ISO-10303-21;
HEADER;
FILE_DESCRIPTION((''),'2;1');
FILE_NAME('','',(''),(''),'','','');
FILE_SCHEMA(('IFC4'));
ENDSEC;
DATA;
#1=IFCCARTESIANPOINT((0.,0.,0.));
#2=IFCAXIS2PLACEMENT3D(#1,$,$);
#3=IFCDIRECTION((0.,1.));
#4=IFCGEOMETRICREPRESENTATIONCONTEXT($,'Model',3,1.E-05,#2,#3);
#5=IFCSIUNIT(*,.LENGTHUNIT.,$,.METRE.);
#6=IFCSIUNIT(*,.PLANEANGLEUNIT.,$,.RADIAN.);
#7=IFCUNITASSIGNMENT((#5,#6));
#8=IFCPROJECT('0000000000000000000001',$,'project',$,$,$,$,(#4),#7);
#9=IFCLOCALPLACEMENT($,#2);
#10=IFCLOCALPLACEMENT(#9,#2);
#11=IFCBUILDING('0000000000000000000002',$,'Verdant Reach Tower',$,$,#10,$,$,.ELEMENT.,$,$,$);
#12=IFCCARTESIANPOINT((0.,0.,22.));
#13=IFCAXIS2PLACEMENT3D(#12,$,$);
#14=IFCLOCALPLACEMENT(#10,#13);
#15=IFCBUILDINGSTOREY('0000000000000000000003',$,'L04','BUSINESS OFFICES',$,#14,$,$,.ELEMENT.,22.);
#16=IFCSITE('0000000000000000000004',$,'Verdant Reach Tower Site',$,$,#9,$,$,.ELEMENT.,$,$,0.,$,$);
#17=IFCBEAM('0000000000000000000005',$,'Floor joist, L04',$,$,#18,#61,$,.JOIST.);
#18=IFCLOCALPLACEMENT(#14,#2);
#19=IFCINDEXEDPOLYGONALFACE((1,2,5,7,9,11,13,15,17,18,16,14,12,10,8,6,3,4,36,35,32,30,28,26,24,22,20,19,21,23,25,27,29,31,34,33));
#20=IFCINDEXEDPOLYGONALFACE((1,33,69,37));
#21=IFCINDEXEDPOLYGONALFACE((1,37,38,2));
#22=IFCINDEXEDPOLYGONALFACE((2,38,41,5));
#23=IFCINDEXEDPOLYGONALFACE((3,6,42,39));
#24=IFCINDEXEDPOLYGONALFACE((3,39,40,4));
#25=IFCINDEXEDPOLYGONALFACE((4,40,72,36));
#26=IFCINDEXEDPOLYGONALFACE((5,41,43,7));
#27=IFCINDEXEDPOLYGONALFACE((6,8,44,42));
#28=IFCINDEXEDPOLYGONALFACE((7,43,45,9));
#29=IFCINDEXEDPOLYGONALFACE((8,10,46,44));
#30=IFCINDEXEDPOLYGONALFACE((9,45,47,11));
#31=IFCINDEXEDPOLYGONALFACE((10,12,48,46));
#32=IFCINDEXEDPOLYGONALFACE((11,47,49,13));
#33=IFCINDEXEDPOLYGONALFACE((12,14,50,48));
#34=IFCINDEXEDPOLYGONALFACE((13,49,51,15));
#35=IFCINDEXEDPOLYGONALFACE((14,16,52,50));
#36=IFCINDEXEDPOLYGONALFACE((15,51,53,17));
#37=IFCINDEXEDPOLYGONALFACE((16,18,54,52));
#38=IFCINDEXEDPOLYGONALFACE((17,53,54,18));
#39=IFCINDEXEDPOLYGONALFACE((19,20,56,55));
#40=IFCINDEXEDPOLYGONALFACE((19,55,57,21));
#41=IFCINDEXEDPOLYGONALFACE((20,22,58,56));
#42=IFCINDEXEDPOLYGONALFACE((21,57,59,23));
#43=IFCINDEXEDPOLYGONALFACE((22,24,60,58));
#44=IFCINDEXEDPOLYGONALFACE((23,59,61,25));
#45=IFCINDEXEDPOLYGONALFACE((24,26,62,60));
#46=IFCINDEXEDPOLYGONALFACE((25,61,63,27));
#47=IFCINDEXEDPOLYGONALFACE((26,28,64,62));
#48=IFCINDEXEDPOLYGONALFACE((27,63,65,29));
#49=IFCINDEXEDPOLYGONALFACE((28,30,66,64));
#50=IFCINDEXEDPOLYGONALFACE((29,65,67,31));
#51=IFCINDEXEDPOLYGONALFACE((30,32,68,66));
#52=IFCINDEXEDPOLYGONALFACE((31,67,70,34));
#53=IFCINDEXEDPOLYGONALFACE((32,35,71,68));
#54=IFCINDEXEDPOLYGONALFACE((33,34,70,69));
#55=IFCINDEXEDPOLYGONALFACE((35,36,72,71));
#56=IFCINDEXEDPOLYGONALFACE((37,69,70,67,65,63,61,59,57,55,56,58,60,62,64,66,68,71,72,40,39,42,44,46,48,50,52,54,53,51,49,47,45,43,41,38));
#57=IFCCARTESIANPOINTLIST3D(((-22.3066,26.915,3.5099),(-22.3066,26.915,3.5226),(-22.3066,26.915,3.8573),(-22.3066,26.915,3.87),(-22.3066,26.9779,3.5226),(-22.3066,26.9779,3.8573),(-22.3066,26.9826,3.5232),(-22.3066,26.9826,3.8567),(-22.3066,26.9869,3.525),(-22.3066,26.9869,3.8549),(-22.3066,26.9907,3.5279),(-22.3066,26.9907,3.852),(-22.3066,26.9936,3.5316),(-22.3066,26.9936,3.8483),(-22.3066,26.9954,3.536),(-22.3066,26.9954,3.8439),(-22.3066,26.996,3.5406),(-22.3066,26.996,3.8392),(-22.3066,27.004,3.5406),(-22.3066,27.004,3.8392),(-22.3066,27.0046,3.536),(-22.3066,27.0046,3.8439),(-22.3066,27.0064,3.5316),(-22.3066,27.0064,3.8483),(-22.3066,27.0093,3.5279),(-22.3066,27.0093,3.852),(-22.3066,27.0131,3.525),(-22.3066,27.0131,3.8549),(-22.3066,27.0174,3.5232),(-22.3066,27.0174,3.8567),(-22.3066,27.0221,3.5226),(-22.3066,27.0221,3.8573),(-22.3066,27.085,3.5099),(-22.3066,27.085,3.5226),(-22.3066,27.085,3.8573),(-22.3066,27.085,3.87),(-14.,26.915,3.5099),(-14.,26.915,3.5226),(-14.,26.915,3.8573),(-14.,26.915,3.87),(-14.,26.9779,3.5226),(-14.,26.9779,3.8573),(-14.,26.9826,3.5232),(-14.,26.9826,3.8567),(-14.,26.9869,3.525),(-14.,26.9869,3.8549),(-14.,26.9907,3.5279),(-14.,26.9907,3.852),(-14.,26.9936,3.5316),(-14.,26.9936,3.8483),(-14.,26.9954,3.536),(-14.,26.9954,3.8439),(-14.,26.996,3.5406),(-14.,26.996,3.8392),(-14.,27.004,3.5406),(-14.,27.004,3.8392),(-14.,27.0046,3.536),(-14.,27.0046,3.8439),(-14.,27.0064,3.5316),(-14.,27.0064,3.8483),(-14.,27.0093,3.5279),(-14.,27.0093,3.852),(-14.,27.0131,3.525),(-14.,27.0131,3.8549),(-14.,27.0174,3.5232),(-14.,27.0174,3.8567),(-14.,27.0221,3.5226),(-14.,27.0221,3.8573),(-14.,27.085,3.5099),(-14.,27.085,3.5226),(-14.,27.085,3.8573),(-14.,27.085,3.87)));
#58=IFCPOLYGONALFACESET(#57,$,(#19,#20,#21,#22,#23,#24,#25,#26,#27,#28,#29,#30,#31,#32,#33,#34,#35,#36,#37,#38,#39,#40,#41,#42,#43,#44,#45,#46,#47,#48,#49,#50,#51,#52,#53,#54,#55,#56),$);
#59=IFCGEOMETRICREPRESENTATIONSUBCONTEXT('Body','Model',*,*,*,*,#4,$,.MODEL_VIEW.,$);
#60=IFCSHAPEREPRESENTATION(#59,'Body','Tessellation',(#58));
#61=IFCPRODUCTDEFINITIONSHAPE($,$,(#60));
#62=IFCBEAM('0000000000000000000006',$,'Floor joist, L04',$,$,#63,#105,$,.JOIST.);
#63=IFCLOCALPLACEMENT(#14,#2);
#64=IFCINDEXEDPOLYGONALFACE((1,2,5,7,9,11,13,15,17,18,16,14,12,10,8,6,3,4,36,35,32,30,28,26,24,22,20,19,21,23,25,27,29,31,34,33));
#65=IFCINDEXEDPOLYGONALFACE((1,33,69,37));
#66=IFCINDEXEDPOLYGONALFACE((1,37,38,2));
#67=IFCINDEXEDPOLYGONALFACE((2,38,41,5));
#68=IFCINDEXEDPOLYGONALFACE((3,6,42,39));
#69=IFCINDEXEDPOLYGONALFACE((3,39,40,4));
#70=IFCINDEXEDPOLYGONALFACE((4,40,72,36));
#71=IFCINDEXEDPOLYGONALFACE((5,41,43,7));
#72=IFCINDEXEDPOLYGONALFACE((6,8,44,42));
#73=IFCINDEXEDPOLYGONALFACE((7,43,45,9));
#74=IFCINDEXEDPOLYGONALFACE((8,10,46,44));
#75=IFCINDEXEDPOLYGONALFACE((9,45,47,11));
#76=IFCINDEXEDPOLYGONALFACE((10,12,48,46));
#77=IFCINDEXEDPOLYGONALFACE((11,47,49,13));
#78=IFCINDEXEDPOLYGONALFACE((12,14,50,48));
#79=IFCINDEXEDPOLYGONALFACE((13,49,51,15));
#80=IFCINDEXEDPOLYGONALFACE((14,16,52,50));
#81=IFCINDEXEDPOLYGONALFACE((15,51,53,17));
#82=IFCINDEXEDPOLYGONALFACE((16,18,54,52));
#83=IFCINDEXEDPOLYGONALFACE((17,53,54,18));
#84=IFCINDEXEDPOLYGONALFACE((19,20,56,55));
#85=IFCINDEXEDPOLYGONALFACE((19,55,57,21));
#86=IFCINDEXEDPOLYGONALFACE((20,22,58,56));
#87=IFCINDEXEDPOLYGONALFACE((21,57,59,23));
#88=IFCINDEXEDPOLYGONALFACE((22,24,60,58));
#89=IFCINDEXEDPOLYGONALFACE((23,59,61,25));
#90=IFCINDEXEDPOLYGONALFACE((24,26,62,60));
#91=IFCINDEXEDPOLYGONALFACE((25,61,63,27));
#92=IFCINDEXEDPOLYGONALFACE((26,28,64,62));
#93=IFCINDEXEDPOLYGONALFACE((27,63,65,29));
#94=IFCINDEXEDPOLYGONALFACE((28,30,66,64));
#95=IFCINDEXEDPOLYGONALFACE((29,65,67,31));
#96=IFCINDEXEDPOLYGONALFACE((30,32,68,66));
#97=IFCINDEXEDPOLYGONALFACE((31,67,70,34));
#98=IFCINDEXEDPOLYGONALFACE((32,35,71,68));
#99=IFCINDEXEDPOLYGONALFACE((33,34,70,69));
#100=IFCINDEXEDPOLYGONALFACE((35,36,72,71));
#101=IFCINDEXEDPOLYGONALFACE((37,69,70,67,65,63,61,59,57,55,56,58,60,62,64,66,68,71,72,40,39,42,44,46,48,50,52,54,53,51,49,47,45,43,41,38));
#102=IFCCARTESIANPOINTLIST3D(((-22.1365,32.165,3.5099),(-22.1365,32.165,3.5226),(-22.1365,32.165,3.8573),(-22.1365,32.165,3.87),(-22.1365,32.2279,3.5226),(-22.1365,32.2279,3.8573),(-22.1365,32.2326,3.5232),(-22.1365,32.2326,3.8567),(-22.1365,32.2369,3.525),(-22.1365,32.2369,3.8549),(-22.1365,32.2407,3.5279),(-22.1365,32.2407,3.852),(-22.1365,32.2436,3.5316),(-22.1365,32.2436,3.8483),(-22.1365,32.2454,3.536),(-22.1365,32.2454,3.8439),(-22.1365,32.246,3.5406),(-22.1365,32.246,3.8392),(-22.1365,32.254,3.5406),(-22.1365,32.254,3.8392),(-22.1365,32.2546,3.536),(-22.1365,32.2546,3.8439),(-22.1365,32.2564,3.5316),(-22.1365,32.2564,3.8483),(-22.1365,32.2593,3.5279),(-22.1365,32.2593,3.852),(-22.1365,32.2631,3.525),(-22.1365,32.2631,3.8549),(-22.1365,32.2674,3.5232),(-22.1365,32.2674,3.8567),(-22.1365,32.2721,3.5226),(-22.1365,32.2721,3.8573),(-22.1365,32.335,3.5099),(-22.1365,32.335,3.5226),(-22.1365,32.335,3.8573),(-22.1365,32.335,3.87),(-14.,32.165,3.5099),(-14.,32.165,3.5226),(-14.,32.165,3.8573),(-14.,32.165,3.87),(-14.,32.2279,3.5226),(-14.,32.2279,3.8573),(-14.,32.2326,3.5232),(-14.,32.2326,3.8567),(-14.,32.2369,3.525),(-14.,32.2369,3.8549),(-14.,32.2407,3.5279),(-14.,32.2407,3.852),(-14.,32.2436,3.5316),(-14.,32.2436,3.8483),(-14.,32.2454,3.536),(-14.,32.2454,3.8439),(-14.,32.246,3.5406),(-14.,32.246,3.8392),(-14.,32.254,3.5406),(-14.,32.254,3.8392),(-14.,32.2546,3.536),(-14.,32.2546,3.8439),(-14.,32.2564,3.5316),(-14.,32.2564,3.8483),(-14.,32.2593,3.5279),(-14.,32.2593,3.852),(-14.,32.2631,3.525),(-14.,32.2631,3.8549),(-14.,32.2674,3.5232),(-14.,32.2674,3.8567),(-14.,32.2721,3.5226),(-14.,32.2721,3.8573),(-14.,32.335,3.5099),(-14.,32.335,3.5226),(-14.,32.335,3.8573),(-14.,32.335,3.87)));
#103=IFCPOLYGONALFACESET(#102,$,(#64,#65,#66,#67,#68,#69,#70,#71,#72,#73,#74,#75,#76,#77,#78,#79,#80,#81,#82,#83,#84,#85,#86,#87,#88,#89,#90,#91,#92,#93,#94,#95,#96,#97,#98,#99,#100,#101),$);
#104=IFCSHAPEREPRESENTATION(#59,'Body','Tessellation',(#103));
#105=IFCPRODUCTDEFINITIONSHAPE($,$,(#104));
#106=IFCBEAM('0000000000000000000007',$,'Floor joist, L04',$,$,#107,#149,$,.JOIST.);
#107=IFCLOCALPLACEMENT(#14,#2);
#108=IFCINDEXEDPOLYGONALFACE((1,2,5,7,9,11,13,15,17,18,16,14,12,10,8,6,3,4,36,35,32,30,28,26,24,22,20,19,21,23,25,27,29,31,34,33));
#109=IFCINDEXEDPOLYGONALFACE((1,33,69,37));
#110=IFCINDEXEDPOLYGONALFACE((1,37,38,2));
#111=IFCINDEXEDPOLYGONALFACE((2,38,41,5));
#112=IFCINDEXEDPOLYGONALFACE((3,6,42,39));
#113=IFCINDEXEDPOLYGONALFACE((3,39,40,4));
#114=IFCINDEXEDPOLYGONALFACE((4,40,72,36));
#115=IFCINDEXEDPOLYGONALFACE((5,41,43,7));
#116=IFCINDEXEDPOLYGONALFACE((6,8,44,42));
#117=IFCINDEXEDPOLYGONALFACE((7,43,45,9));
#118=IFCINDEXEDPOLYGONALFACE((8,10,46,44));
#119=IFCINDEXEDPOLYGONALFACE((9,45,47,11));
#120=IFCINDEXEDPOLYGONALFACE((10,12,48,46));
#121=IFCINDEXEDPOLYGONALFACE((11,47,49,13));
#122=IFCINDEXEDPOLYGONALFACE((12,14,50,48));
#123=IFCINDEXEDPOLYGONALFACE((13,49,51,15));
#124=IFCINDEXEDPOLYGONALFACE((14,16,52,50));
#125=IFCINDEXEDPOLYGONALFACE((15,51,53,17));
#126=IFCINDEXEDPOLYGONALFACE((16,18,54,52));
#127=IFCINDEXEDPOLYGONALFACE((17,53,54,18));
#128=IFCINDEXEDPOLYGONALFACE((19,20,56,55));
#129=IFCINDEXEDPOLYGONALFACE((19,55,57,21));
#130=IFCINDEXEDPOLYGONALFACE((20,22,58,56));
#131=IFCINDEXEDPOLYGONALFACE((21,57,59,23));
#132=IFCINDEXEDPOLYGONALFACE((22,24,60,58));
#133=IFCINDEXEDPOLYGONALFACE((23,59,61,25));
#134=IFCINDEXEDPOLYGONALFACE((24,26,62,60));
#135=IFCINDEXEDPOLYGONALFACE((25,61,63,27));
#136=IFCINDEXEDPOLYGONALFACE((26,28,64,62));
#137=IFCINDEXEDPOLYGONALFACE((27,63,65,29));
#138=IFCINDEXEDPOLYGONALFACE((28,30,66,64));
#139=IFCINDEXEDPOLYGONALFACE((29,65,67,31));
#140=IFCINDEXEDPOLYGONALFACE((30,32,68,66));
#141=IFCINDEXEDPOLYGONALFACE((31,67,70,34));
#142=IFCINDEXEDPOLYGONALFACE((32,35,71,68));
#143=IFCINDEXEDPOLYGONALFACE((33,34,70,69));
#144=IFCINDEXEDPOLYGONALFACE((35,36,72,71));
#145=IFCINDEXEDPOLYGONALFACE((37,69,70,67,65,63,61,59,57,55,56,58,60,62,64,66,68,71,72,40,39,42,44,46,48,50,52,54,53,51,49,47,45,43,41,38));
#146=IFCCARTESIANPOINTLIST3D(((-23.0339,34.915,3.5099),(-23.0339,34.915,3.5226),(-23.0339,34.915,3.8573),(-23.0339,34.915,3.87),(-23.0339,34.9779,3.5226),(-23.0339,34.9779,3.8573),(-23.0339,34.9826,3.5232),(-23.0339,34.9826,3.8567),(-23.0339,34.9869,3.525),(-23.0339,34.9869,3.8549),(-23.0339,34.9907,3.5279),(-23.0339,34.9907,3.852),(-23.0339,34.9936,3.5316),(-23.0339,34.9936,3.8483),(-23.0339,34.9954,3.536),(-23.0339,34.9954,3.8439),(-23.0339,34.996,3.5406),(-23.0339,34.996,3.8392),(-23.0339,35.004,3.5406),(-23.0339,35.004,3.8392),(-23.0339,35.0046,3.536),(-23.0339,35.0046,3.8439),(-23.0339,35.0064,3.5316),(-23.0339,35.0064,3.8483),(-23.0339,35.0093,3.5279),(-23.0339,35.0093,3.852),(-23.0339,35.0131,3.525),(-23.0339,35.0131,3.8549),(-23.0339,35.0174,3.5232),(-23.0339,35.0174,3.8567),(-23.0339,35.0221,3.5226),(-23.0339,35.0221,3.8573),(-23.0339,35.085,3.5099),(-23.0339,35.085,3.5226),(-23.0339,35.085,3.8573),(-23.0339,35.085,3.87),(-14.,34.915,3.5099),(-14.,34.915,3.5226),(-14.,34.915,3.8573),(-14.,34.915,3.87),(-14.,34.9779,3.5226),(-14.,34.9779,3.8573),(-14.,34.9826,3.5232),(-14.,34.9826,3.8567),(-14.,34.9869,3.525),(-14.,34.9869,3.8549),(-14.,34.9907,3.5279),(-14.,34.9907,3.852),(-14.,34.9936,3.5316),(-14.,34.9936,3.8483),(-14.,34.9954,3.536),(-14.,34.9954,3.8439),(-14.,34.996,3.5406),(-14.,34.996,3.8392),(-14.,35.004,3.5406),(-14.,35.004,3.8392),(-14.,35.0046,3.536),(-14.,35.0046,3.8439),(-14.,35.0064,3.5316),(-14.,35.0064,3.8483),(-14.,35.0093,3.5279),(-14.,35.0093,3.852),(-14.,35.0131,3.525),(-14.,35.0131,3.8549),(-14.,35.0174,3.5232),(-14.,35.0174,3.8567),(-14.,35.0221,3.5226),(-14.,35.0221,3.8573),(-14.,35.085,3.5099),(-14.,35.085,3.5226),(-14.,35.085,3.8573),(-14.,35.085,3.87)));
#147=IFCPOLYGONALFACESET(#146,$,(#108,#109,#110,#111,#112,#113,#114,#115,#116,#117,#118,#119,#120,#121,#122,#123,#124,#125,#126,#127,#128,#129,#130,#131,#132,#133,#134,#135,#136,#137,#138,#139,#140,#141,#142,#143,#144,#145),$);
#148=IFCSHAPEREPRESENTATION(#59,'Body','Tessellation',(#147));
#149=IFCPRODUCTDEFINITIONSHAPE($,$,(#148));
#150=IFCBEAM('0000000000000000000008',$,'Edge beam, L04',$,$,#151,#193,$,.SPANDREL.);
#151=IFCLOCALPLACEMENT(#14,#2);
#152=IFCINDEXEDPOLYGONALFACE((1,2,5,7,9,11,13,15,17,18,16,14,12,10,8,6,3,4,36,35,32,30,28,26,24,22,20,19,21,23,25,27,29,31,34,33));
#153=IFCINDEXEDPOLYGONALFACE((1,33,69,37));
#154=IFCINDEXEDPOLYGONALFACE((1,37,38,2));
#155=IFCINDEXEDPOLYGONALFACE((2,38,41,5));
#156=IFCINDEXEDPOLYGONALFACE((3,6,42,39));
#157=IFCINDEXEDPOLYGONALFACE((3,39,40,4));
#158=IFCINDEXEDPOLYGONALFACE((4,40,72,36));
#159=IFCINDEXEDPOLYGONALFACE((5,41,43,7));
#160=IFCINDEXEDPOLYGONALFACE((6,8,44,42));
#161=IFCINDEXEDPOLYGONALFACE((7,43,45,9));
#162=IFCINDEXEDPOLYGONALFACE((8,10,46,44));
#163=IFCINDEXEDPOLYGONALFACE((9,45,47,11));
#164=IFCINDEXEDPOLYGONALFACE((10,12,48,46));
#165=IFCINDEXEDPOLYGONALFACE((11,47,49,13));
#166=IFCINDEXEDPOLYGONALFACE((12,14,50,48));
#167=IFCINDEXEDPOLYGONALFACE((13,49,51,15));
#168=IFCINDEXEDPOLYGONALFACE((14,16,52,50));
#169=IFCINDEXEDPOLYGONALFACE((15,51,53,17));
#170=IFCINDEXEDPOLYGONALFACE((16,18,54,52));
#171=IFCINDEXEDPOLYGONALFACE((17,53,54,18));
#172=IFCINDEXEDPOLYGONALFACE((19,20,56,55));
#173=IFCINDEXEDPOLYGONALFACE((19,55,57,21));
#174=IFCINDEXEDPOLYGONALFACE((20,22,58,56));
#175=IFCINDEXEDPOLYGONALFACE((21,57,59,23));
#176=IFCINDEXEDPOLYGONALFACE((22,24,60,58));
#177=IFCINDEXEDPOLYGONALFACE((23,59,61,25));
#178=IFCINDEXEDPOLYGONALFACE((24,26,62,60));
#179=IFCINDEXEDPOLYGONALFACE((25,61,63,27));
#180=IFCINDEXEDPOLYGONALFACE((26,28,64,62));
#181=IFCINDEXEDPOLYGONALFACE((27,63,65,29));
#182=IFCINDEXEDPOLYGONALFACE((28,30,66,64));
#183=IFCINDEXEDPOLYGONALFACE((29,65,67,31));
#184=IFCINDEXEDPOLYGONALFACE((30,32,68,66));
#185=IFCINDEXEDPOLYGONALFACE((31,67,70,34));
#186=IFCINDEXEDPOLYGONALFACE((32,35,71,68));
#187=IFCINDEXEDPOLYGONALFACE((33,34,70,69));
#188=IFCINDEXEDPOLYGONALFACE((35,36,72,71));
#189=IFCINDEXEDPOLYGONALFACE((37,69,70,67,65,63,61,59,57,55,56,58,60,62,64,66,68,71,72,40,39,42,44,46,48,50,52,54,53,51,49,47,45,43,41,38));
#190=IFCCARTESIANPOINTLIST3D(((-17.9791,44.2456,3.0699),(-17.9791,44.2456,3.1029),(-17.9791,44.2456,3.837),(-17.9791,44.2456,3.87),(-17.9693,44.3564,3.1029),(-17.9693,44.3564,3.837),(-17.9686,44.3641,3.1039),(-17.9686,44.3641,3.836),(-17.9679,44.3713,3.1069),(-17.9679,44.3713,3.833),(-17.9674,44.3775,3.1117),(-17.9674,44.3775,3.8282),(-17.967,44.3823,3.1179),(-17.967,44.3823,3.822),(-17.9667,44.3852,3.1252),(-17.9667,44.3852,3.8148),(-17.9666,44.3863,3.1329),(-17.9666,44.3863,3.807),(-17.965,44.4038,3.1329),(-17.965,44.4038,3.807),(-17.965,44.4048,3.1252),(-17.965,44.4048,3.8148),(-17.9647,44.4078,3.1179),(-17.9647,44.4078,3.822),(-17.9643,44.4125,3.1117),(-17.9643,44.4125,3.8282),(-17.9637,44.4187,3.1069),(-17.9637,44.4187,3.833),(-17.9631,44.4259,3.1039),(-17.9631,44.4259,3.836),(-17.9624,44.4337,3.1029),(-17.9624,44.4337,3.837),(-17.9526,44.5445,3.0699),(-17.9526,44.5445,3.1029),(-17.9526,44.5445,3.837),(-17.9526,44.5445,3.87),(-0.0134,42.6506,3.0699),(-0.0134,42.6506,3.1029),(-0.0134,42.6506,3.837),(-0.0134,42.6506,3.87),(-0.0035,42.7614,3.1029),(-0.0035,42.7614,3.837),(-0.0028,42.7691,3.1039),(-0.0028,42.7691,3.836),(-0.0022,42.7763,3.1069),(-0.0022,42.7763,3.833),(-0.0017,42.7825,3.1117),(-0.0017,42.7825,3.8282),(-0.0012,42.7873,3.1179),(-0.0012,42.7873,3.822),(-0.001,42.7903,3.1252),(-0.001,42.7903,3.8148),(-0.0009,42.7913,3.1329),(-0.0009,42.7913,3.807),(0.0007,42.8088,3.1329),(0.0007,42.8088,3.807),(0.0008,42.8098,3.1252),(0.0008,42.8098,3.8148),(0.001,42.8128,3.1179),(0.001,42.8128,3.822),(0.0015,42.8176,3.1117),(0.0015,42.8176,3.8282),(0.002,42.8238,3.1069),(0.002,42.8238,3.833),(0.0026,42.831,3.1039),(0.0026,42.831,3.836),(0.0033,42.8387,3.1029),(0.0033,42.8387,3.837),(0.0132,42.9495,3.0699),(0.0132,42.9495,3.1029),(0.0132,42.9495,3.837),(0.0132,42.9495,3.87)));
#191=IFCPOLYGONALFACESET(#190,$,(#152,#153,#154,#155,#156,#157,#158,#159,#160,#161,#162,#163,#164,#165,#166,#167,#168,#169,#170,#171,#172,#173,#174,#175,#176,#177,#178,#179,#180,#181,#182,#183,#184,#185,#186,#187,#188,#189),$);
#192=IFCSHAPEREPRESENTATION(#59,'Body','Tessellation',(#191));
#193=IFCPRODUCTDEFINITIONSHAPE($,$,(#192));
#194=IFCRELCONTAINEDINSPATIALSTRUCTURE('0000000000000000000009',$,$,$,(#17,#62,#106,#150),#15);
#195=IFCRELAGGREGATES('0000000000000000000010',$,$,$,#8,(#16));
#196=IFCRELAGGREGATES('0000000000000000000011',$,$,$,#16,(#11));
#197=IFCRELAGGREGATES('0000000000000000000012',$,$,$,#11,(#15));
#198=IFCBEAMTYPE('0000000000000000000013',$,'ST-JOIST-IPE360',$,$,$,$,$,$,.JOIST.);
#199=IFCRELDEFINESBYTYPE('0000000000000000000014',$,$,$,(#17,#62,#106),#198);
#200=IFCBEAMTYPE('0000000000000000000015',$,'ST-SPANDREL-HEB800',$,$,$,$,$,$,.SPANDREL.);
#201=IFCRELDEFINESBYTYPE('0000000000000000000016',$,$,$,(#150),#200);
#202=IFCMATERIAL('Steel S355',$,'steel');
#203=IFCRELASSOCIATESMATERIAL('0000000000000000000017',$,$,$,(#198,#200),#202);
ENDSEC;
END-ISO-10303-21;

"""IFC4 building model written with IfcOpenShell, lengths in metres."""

from ifc_helpers import new_model, si_unit, direction, frame, origin, origin_2d, place, context, subcontext, project, spatial, i_section, extrude, material, material_profile, profile_set, type_object, element, save


model = new_model("IFC4")

# Units and contexts
model_context = context("Model", 3, precision=1e-05, world=origin(), true_north=direction((0.0, 1.0)))
body_context = subcontext(model_context, "Body", "Model", "MODEL_VIEW")
ifc_project = project(units=[si_unit("LENGTHUNIT", "METRE"), si_unit("PLANEANGLEUNIT", "RADIAN")], contexts=[model_context])

# Site, building, storey
site_placement = place(None, origin())
site = spatial("IfcSite", under=ifc_project, at=site_placement, Name="Verdant Reach Tower Site", CompositionType="ELEMENT", RefElevation=0.0)
building_placement = place(site_placement, origin())
building = spatial("IfcBuilding", under=site, at=building_placement, Name="Verdant Reach Tower", CompositionType="ELEMENT")
storey_placement = place(building_placement, frame((0.0, 0.0, 22.0)))
storey = spatial("IfcBuildingStorey", under=building, at=storey_placement, Name="L04", Description="BUSINESS OFFICES", CompositionType="ELEMENT", Elevation=22.0)

# Beams
ifc_material_1 = material(Name="Steel S355", Category="steel")
ifc_material_profile_1 = material_profile(ifc_material_1, i_section(OverallWidth=0.1699, OverallDepth=0.3601, WebThickness=0.0081, FlangeThickness=0.0127, FilletRadius=0.0181, at=origin_2d()), Name="IPE 360")
ifc_profile_set_1 = profile_set([ifc_material_profile_1], Name="Steel S355")
beam_type_1 = type_object("IfcBeamType", Name="ST-JOIST-IPE360", PredefinedType="JOIST", material=ifc_profile_set_1)
beam_1_placement = place(storey_placement, frame((-14.0, 27.0, 3.6899), z_axis=(-1.0, 0.0, 0.0), x_axis=(0.0, -1.0, 0.0)))
element("IfcBeam", 1, at=beam_1_placement, inside=storey, type_object=beam_type_1, Name="Floor joist, L04", PredefinedType="JOIST", context=body_context, shape_type="SweptSolid", body=[
    extrude(i_section(OverallWidth=0.1699, OverallDepth=0.3601, WebThickness=0.0081, FlangeThickness=0.0127, FilletRadius=0.0181, at=origin_2d()), origin(), (0.0, 0.0, 1.0), 8.3066),
])
beam_2_placement = place(storey_placement, frame((-14.0, 32.25, 3.6899), z_axis=(-1.0, 0.0, 0.0), x_axis=(0.0, -1.0, 0.0)))
element("IfcBeam", 2, at=beam_2_placement, inside=storey, type_object=beam_type_1, Name="Floor joist, L04", PredefinedType="JOIST", context=body_context, shape_type="SweptSolid", body=[
    extrude(i_section(OverallWidth=0.1699, OverallDepth=0.3601, WebThickness=0.0081, FlangeThickness=0.0127, FilletRadius=0.0181, at=origin_2d()), origin(), (0.0, 0.0, 1.0), 8.1365),
])
beam_3_placement = place(storey_placement, frame((-14.0, 35.0, 3.6899), z_axis=(-1.0, 0.0, 0.0), x_axis=(0.0, -1.0, 0.0)))
element("IfcBeam", 3, at=beam_3_placement, inside=storey, type_object=beam_type_1, Name="Floor joist, L04", PredefinedType="JOIST", context=body_context, shape_type="SweptSolid", body=[
    extrude(i_section(OverallWidth=0.1699, OverallDepth=0.3601, WebThickness=0.0081, FlangeThickness=0.0127, FilletRadius=0.0181, at=origin_2d()), origin(), (0.0, 0.0, 1.0), 9.0339),
])
ifc_material_profile_2 = material_profile(ifc_material_1, i_section(OverallWidth=0.3, OverallDepth=0.8, WebThickness=0.0176, FlangeThickness=0.033, FilletRadius=0.03, at=origin_2d()), Name="HEB 800")
ifc_profile_set_2 = profile_set([ifc_material_profile_2], Name="Steel S355")
beam_type_2 = type_object("IfcBeamType", Name="ST-SPANDREL-HEB800", PredefinedType="SPANDREL", material=ifc_profile_set_2)
beam_4_placement = place(storey_placement, frame((-17.9658, 44.395, 3.47), z_axis=(0.996082, -0.08843, 0.0), x_axis=(0.08843, 0.996082, 0.0)))
element("IfcBeam", 4, at=beam_4_placement, inside=storey, type_object=beam_type_2, Name="Edge beam, L04", PredefinedType="SPANDREL", context=body_context, shape_type="SweptSolid", body=[
    extrude(i_section(OverallWidth=0.3, OverallDepth=0.8, WebThickness=0.0176, FlangeThickness=0.033, FilletRadius=0.03, at=origin_2d()), origin(), (0.0, 0.0, 1.0), 18.0364),
])

save(model, "model.ifc")
